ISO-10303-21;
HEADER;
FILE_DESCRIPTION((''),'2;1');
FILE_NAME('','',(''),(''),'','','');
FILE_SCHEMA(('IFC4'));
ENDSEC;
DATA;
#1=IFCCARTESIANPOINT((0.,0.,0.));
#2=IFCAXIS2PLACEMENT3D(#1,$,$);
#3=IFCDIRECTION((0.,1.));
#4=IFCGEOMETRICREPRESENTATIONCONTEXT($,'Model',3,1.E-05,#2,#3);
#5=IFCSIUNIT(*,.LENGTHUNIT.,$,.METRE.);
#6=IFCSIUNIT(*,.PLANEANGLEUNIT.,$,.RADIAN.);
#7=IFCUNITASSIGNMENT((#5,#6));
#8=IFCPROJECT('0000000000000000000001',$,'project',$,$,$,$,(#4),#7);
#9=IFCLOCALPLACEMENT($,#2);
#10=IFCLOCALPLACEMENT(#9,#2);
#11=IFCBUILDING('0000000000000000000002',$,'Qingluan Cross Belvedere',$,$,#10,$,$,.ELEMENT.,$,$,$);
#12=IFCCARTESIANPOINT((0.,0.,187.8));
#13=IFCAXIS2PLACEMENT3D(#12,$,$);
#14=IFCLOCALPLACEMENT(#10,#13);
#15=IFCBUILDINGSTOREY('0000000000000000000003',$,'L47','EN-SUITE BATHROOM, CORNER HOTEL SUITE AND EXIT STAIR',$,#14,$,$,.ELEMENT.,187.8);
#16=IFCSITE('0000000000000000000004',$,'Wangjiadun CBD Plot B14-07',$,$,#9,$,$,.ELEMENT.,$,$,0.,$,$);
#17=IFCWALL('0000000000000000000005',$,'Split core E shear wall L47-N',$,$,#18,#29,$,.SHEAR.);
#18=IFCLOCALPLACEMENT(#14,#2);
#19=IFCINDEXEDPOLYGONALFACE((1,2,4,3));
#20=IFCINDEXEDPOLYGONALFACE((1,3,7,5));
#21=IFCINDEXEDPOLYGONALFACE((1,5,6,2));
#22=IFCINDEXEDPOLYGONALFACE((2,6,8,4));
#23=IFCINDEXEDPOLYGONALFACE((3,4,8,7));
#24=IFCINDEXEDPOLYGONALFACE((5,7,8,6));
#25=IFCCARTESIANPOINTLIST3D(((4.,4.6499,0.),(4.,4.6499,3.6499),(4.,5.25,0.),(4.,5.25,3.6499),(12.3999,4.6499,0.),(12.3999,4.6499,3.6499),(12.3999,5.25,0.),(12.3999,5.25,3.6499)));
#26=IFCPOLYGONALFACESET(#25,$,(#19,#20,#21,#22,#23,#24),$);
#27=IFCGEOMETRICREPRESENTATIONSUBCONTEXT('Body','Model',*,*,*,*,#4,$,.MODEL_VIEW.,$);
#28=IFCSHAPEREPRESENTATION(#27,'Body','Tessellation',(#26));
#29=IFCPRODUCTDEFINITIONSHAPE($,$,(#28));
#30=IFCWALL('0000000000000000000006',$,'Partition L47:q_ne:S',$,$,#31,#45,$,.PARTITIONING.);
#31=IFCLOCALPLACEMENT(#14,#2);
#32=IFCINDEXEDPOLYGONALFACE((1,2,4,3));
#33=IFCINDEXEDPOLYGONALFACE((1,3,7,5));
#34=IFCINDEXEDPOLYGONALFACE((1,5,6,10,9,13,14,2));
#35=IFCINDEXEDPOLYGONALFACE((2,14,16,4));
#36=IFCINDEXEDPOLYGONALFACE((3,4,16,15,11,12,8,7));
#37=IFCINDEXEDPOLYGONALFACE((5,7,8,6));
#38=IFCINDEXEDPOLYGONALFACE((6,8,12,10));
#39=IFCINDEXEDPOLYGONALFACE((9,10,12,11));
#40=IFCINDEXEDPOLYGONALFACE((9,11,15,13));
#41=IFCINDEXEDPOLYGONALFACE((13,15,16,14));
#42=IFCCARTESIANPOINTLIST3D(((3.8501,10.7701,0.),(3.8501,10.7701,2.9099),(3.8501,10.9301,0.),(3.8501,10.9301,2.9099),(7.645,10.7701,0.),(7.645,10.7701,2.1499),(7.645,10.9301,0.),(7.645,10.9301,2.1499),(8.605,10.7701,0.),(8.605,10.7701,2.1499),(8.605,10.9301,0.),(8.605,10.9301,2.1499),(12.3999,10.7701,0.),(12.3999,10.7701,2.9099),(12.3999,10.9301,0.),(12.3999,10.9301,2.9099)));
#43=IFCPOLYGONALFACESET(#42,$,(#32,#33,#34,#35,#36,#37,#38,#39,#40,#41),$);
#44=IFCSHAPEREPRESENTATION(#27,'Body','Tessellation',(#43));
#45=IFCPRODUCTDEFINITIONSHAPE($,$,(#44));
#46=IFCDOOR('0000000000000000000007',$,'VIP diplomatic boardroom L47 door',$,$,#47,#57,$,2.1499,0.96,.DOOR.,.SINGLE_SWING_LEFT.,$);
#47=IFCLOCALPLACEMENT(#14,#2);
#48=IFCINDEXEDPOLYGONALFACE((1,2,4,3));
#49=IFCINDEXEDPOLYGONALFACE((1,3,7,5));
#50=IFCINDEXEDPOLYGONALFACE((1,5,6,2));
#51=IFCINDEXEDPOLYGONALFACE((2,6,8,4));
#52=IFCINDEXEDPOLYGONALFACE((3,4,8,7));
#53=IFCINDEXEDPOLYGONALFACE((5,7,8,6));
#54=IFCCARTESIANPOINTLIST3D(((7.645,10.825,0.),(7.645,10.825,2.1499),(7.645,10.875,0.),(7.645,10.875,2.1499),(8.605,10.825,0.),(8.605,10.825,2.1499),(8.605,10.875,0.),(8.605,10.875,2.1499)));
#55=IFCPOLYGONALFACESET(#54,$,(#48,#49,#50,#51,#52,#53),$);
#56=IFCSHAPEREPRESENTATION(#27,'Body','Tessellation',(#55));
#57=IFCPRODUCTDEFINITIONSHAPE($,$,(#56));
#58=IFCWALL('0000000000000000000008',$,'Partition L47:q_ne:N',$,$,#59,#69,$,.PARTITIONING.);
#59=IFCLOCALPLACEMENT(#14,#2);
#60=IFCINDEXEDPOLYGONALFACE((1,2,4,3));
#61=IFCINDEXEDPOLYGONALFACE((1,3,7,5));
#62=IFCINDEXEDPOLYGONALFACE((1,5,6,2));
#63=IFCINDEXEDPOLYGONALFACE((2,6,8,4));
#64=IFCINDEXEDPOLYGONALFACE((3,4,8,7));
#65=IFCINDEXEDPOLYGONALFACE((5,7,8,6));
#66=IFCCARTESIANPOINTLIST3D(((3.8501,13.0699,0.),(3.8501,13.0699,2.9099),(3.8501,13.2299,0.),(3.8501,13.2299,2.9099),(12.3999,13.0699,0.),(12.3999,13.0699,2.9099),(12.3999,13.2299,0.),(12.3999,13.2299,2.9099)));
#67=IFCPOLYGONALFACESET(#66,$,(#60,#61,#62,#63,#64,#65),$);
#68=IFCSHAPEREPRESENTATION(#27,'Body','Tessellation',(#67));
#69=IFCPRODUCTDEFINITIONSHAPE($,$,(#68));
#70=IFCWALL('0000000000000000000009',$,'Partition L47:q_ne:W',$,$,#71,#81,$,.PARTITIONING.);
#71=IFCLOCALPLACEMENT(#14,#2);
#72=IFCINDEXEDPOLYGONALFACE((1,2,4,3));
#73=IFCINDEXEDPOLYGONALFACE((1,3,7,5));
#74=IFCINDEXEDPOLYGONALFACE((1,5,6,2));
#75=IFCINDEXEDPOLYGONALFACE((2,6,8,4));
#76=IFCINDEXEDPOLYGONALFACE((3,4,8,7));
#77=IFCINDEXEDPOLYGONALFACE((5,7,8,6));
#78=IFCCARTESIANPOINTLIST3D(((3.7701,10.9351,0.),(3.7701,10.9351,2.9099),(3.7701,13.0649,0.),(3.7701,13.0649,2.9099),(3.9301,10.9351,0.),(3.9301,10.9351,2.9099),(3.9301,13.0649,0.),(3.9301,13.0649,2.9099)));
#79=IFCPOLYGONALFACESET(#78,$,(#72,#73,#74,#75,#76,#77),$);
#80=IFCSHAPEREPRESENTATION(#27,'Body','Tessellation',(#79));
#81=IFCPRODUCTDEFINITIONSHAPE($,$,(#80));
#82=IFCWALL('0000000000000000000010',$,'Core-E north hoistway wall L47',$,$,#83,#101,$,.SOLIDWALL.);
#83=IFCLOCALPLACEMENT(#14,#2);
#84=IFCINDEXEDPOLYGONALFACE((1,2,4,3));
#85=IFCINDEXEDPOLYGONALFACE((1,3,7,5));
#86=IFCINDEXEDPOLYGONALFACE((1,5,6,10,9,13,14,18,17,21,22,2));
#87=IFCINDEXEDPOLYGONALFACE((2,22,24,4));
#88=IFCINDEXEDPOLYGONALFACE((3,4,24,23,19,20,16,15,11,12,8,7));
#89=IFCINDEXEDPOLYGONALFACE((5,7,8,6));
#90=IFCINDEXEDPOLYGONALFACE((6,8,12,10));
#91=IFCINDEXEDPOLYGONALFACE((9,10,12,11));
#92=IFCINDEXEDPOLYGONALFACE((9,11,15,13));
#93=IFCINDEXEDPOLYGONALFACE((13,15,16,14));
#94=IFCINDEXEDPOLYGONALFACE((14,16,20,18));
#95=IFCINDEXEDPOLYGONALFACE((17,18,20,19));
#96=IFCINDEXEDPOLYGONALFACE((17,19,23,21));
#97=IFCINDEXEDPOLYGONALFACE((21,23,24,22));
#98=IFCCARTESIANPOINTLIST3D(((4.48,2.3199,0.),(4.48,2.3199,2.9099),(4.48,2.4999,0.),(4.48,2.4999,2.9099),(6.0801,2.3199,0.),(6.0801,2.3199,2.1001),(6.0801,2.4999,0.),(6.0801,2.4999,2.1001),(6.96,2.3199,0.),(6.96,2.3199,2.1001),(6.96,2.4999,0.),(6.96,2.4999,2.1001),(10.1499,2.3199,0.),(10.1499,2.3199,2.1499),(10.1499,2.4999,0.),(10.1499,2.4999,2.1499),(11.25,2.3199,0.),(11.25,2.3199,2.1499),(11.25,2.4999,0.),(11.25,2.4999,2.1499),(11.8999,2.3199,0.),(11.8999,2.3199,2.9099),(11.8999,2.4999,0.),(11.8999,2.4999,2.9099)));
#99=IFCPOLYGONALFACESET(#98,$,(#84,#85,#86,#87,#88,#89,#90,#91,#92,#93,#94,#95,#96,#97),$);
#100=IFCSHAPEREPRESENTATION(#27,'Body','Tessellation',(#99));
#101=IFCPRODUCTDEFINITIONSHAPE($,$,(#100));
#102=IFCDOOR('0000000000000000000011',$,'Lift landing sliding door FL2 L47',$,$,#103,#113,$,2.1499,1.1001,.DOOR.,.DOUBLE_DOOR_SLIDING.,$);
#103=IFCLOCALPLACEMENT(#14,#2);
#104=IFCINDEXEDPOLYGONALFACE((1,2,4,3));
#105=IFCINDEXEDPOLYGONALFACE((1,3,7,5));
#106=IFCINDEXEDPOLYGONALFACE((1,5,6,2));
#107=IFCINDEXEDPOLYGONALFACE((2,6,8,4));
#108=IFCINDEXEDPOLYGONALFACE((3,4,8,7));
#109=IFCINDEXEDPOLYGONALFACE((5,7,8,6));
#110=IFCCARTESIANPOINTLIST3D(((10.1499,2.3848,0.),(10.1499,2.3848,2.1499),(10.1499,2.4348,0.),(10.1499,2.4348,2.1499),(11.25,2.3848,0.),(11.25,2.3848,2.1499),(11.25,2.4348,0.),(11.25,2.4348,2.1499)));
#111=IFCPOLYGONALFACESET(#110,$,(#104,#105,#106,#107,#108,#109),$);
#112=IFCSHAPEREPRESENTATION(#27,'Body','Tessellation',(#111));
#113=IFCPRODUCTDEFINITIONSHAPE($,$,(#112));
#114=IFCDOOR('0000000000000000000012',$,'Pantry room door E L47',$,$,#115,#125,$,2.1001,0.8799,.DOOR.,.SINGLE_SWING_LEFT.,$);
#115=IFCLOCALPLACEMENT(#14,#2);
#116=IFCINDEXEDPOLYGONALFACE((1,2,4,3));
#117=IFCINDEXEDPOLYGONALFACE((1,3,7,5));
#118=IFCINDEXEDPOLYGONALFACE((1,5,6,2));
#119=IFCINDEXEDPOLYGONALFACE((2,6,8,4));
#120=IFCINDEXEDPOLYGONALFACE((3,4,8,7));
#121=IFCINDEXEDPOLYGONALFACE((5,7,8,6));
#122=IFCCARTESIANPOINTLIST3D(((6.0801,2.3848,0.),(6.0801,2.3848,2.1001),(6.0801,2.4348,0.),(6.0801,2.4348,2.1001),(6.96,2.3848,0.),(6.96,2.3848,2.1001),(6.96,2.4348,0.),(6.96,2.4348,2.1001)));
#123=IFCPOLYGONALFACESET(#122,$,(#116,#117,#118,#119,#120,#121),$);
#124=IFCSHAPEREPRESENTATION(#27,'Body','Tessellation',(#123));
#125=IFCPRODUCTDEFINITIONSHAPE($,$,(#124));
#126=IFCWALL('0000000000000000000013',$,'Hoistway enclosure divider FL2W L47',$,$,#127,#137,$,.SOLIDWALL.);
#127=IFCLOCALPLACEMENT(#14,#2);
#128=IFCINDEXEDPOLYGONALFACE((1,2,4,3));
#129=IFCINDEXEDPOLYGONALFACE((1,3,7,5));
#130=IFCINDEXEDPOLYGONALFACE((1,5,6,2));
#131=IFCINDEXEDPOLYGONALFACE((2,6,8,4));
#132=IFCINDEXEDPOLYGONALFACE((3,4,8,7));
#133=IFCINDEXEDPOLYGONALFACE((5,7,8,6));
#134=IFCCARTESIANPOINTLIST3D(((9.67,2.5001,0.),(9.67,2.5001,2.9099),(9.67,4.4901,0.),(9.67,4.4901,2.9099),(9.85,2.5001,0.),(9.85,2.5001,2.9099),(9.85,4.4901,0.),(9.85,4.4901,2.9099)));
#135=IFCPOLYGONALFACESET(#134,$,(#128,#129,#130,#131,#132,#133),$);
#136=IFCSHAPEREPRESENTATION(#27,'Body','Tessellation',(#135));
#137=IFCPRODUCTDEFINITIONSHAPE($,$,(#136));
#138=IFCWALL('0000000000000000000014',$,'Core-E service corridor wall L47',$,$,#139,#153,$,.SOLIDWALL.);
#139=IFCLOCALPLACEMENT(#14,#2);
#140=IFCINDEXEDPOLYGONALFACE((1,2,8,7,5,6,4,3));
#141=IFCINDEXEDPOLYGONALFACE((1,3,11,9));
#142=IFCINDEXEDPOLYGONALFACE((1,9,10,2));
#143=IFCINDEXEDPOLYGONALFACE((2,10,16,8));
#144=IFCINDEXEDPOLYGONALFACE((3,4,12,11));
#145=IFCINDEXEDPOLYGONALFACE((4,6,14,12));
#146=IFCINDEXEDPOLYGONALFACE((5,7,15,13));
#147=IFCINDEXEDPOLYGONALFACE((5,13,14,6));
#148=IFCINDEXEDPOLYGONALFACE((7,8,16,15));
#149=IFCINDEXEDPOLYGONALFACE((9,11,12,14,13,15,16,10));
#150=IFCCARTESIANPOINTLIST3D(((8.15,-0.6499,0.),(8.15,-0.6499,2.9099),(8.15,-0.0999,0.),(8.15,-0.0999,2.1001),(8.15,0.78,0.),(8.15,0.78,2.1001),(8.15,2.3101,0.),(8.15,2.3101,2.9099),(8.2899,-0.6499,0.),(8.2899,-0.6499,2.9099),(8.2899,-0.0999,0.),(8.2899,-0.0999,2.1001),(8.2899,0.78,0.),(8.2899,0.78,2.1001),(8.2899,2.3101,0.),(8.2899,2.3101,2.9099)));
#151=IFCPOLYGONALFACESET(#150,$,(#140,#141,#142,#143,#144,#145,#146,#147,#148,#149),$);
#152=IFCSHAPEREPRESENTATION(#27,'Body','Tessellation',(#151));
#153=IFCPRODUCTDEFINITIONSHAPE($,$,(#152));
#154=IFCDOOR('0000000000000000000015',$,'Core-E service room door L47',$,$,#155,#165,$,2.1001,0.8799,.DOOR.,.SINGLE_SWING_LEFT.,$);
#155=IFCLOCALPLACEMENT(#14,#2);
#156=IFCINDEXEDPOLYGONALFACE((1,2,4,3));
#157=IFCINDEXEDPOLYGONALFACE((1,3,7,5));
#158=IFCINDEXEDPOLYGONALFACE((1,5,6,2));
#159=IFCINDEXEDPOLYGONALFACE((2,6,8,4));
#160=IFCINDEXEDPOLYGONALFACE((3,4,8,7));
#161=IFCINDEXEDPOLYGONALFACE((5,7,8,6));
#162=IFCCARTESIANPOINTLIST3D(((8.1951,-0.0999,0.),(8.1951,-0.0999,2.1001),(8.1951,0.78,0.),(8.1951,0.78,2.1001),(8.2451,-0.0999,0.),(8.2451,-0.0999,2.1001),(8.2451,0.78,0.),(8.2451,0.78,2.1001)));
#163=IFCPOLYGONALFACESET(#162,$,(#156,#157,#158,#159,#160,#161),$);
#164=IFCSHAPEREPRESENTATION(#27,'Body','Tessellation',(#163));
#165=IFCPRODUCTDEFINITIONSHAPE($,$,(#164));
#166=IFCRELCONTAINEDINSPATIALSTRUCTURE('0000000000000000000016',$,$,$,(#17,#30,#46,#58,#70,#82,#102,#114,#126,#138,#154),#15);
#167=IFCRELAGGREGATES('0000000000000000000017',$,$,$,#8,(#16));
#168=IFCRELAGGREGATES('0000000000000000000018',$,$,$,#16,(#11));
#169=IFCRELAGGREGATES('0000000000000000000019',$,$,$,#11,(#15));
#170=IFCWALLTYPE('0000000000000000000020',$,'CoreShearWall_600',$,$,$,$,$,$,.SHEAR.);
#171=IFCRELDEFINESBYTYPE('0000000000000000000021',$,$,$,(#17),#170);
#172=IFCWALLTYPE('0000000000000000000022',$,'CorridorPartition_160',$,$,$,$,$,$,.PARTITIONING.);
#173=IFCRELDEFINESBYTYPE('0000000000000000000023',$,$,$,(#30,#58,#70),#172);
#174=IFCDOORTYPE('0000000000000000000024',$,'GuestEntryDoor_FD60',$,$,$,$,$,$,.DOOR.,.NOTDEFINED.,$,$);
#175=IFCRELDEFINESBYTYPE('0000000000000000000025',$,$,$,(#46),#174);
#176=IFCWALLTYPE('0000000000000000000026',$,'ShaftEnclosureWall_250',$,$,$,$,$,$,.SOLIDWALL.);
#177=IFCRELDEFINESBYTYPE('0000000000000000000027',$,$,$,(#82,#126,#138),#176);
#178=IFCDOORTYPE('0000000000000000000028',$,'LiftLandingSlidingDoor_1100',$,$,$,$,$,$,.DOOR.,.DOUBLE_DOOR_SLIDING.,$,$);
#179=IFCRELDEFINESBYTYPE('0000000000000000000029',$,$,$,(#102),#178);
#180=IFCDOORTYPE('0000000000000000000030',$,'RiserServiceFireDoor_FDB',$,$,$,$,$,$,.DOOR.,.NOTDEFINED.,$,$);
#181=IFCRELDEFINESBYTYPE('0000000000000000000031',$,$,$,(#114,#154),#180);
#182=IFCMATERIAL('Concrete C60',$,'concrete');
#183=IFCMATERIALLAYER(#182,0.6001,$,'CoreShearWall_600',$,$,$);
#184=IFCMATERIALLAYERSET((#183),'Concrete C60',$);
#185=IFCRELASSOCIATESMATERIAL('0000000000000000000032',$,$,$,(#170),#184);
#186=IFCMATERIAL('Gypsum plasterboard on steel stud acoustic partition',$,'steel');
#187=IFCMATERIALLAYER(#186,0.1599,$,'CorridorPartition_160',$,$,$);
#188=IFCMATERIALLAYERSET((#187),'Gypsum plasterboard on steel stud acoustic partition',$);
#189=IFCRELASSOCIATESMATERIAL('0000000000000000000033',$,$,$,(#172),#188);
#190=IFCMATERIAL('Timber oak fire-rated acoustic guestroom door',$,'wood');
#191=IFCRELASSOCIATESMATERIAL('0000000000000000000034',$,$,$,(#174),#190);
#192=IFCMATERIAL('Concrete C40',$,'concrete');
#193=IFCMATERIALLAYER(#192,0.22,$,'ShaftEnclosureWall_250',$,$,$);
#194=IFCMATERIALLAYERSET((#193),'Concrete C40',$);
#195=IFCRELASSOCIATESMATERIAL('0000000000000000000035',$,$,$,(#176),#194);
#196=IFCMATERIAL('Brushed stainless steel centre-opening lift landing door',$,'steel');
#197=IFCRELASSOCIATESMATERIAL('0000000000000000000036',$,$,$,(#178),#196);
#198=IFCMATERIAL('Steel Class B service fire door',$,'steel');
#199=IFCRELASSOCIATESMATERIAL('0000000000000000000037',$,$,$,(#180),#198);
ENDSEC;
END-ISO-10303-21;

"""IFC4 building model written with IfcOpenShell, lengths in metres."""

from ifc_helpers import new_model, si_unit, direction, frame, frame_2d, origin, place, context, subcontext, project, spatial, rectangle, extrude, material, layer, layer_set, type_object, element, fill, save


model = new_model("IFC4")

# Units and contexts
model_context = context("Model", 3, precision=1e-05, world=origin(), true_north=direction((0.0, 1.0)))
body_context = subcontext(model_context, "Body", "Model", "MODEL_VIEW")
ifc_project = project(units=[si_unit("LENGTHUNIT", "METRE"), si_unit("PLANEANGLEUNIT", "RADIAN")], contexts=[model_context])

# Site, building, storey
site_placement = place(None, origin())
site = spatial("IfcSite", under=ifc_project, at=site_placement, Name="Wangjiadun CBD Plot B14-07", CompositionType="ELEMENT", RefElevation=0.0)
building_placement = place(site_placement, origin())
building = spatial("IfcBuilding", under=site, at=building_placement, Name="Qingluan Cross Belvedere", CompositionType="ELEMENT")
storey_placement = place(building_placement, frame((0.0, 0.0, 187.8)))
storey = spatial("IfcBuildingStorey", under=building, at=storey_placement, Name="L47", Description="EN-SUITE BATHROOM, CORNER HOTEL SUITE AND EXIT STAIR", CompositionType="ELEMENT", Elevation=187.8)

# Wall
ifc_material_1 = material(Name="Concrete C60", Category="concrete")
ifc_layer_1 = layer(ifc_material_1, 0.6001, Name="CoreShearWall_600")
ifc_layer_set_1 = layer_set([ifc_layer_1], Name="Concrete C60")
wall_type_1 = type_object("IfcWallType", Name="CoreShearWall_600", PredefinedType="SHEAR", material=ifc_layer_set_1)
wall_1_placement = place(storey_placement, frame((4.0, 4.95, 0.0), z_axis=(0.0, 0.0, 1.0), x_axis=(1.0, 0.0, 0.0)))
element("IfcWall", 1, at=wall_1_placement, inside=storey, type_object=wall_type_1, Name="Split core E shear wall L47-N", PredefinedType="SHEAR", context=body_context, shape_type="SweptSolid", body=[
    extrude(rectangle(XDim=8.3999, YDim=0.6001, at=frame_2d((4.2, 0.0))), origin(), (0.0, 0.0, 1.0), 3.6499),
])

# Wall, opening, door
ifc_material_2 = material(Name="Gypsum plasterboard on steel stud acoustic partition", Category="steel")
ifc_layer_2 = layer(ifc_material_2, 0.1599, Name="CorridorPartition_160")
ifc_layer_set_2 = layer_set([ifc_layer_2], Name="Gypsum plasterboard on steel stud acoustic partition")
wall_type_2 = type_object("IfcWallType", Name="CorridorPartition_160", PredefinedType="PARTITIONING", material=ifc_layer_set_2)
wall_2_placement = place(storey_placement, frame((3.8501, 10.8501, 0.0), z_axis=(0.0, 0.0, 1.0), x_axis=(1.0, 0.0, 0.0)))
wall_2 = element("IfcWall", 2, at=wall_2_placement, inside=storey, type_object=wall_type_2, Name="Partition L47:q_ne:S", PredefinedType="PARTITIONING", context=body_context, shape_type="SweptSolid", body=[
    extrude(rectangle(XDim=8.5498, YDim=0.1599, at=frame_2d((4.2749, 0.0))), origin(), (0.0, 0.0, 1.0), 2.9099),
])
opening_1_placement = place(wall_2_placement, frame((3.7949, 0.0, 0.0)))
opening_1 = element("IfcOpeningElement", 3, at=opening_1_placement, cuts=wall_2, PredefinedType="OPENING", context=body_context, shape_type="SweptSolid", body=[
    extrude(rectangle(XDim=0.96, YDim=2.1499, at=frame_2d((0.48, 1.075))), frame((0.0, 0.0898, 0.0), z_axis=(0.0, -1.0, 0.0), x_axis=(1.0, 0.0, 0.0)), (0.0, 0.0, 1.0), 0.1799),
])
ifc_material_3 = material(Name="Timber oak fire-rated acoustic guestroom door", Category="wood")
door_type_1 = type_object("IfcDoorType", Name="GuestEntryDoor_FD60", OperationType="NOTDEFINED", PredefinedType="DOOR", material=ifc_material_3)
door_1_placement = place(opening_1_placement, origin())
door_1 = element("IfcDoor", 4, at=door_1_placement, inside=storey, type_object=door_type_1, Name="VIP diplomatic boardroom L47 door", OperationType="SINGLE_SWING_LEFT", OverallHeight=2.1499, OverallWidth=0.96, PredefinedType="DOOR", context=body_context, shape_type="SweptSolid", body=[
    extrude(rectangle(XDim=0.96, YDim=2.1499, at=frame_2d((0.48, 1.075))), frame((0.0, 0.0249, 0.0), z_axis=(0.0, -1.0, 0.0), x_axis=(1.0, 0.0, 0.0)), (0.0, 0.0, 1.0), 0.05),
])
fill(opening_1, door_1)

# Walls
wall_3_placement = place(storey_placement, frame((3.8501, 13.1499, 0.0), z_axis=(0.0, 0.0, 1.0), x_axis=(1.0, 0.0, 0.0)))
element("IfcWall", 5, at=wall_3_placement, inside=storey, type_object=wall_type_2, Name="Partition L47:q_ne:N", PredefinedType="PARTITIONING", context=body_context, shape_type="SweptSolid", body=[
    extrude(rectangle(XDim=8.5498, YDim=0.1599, at=frame_2d((4.2749, 0.0))), origin(), (0.0, 0.0, 1.0), 2.9099),
])
wall_4_placement = place(storey_placement, frame((3.8501, 10.9351, 0.0), z_axis=(0.0, 0.0, 1.0), x_axis=(0.0, 1.0, 0.0)))
element("IfcWall", 6, at=wall_4_placement, inside=storey, type_object=wall_type_2, Name="Partition L47:q_ne:W", PredefinedType="PARTITIONING", context=body_context, shape_type="SweptSolid", body=[
    extrude(rectangle(XDim=2.1299, YDim=0.1599, at=frame_2d((1.0649, 0.0))), origin(), (0.0, 0.0, 1.0), 2.9099),
])

# Wall, openings, doors
ifc_material_4 = material(Name="Concrete C40", Category="concrete")
ifc_layer_3 = layer(ifc_material_4, 0.22, Name="ShaftEnclosureWall_250")
ifc_layer_set_3 = layer_set([ifc_layer_3], Name="Concrete C40")
wall_type_3 = type_object("IfcWallType", Name="ShaftEnclosureWall_250", PredefinedType="SOLIDWALL", material=ifc_layer_set_3)
wall_5_placement = place(storey_placement, frame((4.48, 2.4099, 0.0), z_axis=(0.0, 0.0, 1.0), x_axis=(1.0, 0.0, 0.0)))
wall_5 = element("IfcWall", 7, at=wall_5_placement, inside=storey, type_object=wall_type_3, Name="Core-E north hoistway wall L47", PredefinedType="SOLIDWALL", context=body_context, shape_type="SweptSolid", body=[
    extrude(rectangle(XDim=7.4199, YDim=0.1799, at=frame_2d((3.71, 0.0))), origin(), (0.0, 0.0, 1.0), 2.9099),
])
opening_2_placement = place(wall_5_placement, frame((5.6699, 0.0, 0.0)))
opening_2 = element("IfcOpeningElement", 8, at=opening_2_placement, cuts=wall_5, PredefinedType="OPENING", context=body_context, shape_type="SweptSolid", body=[
    extrude(rectangle(XDim=1.1001, YDim=2.1499, at=frame_2d((0.55, 1.075))), frame((0.0, 0.0999, 0.0), z_axis=(0.0, -1.0, 0.0), x_axis=(1.0, 0.0, 0.0)), (0.0, 0.0, 1.0), 0.2),
])
opening_3_placement = place(wall_5_placement, frame((1.6001, 0.0, 0.0)))
opening_3 = element("IfcOpeningElement", 9, at=opening_3_placement, cuts=wall_5, PredefinedType="OPENING", context=body_context, shape_type="SweptSolid", body=[
    extrude(rectangle(XDim=0.8799, YDim=2.1001, at=frame_2d((0.4399, 1.05))), frame((0.0, 0.0999, 0.0), z_axis=(0.0, -1.0, 0.0), x_axis=(1.0, 0.0, 0.0)), (0.0, 0.0, 1.0), 0.2),
])
ifc_material_5 = material(Name="Brushed stainless steel centre-opening lift landing door", Category="steel")
door_type_2 = type_object("IfcDoorType", Name="LiftLandingSlidingDoor_1100", OperationType="DOUBLE_DOOR_SLIDING", PredefinedType="DOOR", material=ifc_material_5)
door_2_placement = place(opening_2_placement, origin())
door_2 = element("IfcDoor", 10, at=door_2_placement, inside=storey, type_object=door_type_2, Name="Lift landing sliding door FL2 L47", OperationType="DOUBLE_DOOR_SLIDING", OverallHeight=2.1499, OverallWidth=1.1001, PredefinedType="DOOR", context=body_context, shape_type="SweptSolid", body=[
    extrude(rectangle(XDim=1.1001, YDim=2.1499, at=frame_2d((0.55, 1.075))), frame((0.0, 0.0249, 0.0), z_axis=(0.0, -1.0, 0.0), x_axis=(1.0, 0.0, 0.0)), (0.0, 0.0, 1.0), 0.05),
])
fill(opening_2, door_2)
ifc_material_6 = material(Name="Steel Class B service fire door", Category="steel")
door_type_3 = type_object("IfcDoorType", Name="RiserServiceFireDoor_FDB", OperationType="NOTDEFINED", PredefinedType="DOOR", material=ifc_material_6)
door_3_placement = place(opening_3_placement, origin())
door_3 = element("IfcDoor", 11, at=door_3_placement, inside=storey, type_object=door_type_3, Name="Pantry room door E L47", OperationType="SINGLE_SWING_LEFT", OverallHeight=2.1001, OverallWidth=0.8799, PredefinedType="DOOR", context=body_context, shape_type="SweptSolid", body=[
    extrude(rectangle(XDim=0.8799, YDim=2.1001, at=frame_2d((0.4399, 1.05))), frame((0.0, 0.0249, 0.0), z_axis=(0.0, -1.0, 0.0), x_axis=(1.0, 0.0, 0.0)), (0.0, 0.0, 1.0), 0.05),
])
fill(opening_3, door_3)

# Wall
wall_6_placement = place(storey_placement, frame((9.76, 2.5, 0.0), z_axis=(0.0, 0.0, 1.0), x_axis=(0.0, 1.0, 0.0)))
element("IfcWall", 12, at=wall_6_placement, inside=storey, type_object=wall_type_3, Name="Hoistway enclosure divider FL2W L47", PredefinedType="SOLIDWALL", context=body_context, shape_type="SweptSolid", body=[
    extrude(rectangle(XDim=1.99, YDim=0.1799, at=frame_2d((0.9951, 0.0))), origin(), (0.0, 0.0, 1.0), 2.9099),
])

# Wall, opening, door
wall_7_placement = place(storey_placement, frame((8.22, -0.6499, 0.0), z_axis=(0.0, 0.0, 1.0), x_axis=(0.0, 1.0, 0.0)))
wall_7 = element("IfcWall", 13, at=wall_7_placement, inside=storey, type_object=wall_type_3, Name="Core-E service corridor wall L47", PredefinedType="SOLIDWALL", context=body_context, shape_type="SweptSolid", body=[
    extrude(rectangle(XDim=2.96, YDim=0.1399, at=frame_2d((1.48, 0.0))), origin(), (0.0, 0.0, 1.0), 2.9099),
])
opening_4_placement = place(wall_7_placement, frame((0.55, 0.0, 0.0)))
opening_4 = element("IfcOpeningElement", 14, at=opening_4_placement, cuts=wall_7, PredefinedType="OPENING", context=body_context, shape_type="SweptSolid", body=[
    extrude(rectangle(XDim=0.8799, YDim=2.1001, at=frame_2d((0.4399, 1.05))), frame((0.0, 0.0798, 0.0), z_axis=(0.0, -1.0, 0.0), x_axis=(1.0, 0.0, 0.0)), (0.0, 0.0, 1.0), 0.1599),
])
door_4_placement = place(opening_4_placement, origin())
door_4 = element("IfcDoor", 15, at=door_4_placement, inside=storey, type_object=door_type_3, Name="Core-E service room door L47", OperationType="SINGLE_SWING_LEFT", OverallHeight=2.1001, OverallWidth=0.8799, PredefinedType="DOOR", context=body_context, shape_type="SweptSolid", body=[
    extrude(rectangle(XDim=0.8799, YDim=2.1001, at=frame_2d((0.4399, 1.05))), frame((0.0, 0.0249, 0.0), z_axis=(0.0, -1.0, 0.0), x_axis=(1.0, 0.0, 0.0)), (0.0, 0.0, 1.0), 0.05),
])
fill(opening_4, door_4)

save(model, "model.ifc")
